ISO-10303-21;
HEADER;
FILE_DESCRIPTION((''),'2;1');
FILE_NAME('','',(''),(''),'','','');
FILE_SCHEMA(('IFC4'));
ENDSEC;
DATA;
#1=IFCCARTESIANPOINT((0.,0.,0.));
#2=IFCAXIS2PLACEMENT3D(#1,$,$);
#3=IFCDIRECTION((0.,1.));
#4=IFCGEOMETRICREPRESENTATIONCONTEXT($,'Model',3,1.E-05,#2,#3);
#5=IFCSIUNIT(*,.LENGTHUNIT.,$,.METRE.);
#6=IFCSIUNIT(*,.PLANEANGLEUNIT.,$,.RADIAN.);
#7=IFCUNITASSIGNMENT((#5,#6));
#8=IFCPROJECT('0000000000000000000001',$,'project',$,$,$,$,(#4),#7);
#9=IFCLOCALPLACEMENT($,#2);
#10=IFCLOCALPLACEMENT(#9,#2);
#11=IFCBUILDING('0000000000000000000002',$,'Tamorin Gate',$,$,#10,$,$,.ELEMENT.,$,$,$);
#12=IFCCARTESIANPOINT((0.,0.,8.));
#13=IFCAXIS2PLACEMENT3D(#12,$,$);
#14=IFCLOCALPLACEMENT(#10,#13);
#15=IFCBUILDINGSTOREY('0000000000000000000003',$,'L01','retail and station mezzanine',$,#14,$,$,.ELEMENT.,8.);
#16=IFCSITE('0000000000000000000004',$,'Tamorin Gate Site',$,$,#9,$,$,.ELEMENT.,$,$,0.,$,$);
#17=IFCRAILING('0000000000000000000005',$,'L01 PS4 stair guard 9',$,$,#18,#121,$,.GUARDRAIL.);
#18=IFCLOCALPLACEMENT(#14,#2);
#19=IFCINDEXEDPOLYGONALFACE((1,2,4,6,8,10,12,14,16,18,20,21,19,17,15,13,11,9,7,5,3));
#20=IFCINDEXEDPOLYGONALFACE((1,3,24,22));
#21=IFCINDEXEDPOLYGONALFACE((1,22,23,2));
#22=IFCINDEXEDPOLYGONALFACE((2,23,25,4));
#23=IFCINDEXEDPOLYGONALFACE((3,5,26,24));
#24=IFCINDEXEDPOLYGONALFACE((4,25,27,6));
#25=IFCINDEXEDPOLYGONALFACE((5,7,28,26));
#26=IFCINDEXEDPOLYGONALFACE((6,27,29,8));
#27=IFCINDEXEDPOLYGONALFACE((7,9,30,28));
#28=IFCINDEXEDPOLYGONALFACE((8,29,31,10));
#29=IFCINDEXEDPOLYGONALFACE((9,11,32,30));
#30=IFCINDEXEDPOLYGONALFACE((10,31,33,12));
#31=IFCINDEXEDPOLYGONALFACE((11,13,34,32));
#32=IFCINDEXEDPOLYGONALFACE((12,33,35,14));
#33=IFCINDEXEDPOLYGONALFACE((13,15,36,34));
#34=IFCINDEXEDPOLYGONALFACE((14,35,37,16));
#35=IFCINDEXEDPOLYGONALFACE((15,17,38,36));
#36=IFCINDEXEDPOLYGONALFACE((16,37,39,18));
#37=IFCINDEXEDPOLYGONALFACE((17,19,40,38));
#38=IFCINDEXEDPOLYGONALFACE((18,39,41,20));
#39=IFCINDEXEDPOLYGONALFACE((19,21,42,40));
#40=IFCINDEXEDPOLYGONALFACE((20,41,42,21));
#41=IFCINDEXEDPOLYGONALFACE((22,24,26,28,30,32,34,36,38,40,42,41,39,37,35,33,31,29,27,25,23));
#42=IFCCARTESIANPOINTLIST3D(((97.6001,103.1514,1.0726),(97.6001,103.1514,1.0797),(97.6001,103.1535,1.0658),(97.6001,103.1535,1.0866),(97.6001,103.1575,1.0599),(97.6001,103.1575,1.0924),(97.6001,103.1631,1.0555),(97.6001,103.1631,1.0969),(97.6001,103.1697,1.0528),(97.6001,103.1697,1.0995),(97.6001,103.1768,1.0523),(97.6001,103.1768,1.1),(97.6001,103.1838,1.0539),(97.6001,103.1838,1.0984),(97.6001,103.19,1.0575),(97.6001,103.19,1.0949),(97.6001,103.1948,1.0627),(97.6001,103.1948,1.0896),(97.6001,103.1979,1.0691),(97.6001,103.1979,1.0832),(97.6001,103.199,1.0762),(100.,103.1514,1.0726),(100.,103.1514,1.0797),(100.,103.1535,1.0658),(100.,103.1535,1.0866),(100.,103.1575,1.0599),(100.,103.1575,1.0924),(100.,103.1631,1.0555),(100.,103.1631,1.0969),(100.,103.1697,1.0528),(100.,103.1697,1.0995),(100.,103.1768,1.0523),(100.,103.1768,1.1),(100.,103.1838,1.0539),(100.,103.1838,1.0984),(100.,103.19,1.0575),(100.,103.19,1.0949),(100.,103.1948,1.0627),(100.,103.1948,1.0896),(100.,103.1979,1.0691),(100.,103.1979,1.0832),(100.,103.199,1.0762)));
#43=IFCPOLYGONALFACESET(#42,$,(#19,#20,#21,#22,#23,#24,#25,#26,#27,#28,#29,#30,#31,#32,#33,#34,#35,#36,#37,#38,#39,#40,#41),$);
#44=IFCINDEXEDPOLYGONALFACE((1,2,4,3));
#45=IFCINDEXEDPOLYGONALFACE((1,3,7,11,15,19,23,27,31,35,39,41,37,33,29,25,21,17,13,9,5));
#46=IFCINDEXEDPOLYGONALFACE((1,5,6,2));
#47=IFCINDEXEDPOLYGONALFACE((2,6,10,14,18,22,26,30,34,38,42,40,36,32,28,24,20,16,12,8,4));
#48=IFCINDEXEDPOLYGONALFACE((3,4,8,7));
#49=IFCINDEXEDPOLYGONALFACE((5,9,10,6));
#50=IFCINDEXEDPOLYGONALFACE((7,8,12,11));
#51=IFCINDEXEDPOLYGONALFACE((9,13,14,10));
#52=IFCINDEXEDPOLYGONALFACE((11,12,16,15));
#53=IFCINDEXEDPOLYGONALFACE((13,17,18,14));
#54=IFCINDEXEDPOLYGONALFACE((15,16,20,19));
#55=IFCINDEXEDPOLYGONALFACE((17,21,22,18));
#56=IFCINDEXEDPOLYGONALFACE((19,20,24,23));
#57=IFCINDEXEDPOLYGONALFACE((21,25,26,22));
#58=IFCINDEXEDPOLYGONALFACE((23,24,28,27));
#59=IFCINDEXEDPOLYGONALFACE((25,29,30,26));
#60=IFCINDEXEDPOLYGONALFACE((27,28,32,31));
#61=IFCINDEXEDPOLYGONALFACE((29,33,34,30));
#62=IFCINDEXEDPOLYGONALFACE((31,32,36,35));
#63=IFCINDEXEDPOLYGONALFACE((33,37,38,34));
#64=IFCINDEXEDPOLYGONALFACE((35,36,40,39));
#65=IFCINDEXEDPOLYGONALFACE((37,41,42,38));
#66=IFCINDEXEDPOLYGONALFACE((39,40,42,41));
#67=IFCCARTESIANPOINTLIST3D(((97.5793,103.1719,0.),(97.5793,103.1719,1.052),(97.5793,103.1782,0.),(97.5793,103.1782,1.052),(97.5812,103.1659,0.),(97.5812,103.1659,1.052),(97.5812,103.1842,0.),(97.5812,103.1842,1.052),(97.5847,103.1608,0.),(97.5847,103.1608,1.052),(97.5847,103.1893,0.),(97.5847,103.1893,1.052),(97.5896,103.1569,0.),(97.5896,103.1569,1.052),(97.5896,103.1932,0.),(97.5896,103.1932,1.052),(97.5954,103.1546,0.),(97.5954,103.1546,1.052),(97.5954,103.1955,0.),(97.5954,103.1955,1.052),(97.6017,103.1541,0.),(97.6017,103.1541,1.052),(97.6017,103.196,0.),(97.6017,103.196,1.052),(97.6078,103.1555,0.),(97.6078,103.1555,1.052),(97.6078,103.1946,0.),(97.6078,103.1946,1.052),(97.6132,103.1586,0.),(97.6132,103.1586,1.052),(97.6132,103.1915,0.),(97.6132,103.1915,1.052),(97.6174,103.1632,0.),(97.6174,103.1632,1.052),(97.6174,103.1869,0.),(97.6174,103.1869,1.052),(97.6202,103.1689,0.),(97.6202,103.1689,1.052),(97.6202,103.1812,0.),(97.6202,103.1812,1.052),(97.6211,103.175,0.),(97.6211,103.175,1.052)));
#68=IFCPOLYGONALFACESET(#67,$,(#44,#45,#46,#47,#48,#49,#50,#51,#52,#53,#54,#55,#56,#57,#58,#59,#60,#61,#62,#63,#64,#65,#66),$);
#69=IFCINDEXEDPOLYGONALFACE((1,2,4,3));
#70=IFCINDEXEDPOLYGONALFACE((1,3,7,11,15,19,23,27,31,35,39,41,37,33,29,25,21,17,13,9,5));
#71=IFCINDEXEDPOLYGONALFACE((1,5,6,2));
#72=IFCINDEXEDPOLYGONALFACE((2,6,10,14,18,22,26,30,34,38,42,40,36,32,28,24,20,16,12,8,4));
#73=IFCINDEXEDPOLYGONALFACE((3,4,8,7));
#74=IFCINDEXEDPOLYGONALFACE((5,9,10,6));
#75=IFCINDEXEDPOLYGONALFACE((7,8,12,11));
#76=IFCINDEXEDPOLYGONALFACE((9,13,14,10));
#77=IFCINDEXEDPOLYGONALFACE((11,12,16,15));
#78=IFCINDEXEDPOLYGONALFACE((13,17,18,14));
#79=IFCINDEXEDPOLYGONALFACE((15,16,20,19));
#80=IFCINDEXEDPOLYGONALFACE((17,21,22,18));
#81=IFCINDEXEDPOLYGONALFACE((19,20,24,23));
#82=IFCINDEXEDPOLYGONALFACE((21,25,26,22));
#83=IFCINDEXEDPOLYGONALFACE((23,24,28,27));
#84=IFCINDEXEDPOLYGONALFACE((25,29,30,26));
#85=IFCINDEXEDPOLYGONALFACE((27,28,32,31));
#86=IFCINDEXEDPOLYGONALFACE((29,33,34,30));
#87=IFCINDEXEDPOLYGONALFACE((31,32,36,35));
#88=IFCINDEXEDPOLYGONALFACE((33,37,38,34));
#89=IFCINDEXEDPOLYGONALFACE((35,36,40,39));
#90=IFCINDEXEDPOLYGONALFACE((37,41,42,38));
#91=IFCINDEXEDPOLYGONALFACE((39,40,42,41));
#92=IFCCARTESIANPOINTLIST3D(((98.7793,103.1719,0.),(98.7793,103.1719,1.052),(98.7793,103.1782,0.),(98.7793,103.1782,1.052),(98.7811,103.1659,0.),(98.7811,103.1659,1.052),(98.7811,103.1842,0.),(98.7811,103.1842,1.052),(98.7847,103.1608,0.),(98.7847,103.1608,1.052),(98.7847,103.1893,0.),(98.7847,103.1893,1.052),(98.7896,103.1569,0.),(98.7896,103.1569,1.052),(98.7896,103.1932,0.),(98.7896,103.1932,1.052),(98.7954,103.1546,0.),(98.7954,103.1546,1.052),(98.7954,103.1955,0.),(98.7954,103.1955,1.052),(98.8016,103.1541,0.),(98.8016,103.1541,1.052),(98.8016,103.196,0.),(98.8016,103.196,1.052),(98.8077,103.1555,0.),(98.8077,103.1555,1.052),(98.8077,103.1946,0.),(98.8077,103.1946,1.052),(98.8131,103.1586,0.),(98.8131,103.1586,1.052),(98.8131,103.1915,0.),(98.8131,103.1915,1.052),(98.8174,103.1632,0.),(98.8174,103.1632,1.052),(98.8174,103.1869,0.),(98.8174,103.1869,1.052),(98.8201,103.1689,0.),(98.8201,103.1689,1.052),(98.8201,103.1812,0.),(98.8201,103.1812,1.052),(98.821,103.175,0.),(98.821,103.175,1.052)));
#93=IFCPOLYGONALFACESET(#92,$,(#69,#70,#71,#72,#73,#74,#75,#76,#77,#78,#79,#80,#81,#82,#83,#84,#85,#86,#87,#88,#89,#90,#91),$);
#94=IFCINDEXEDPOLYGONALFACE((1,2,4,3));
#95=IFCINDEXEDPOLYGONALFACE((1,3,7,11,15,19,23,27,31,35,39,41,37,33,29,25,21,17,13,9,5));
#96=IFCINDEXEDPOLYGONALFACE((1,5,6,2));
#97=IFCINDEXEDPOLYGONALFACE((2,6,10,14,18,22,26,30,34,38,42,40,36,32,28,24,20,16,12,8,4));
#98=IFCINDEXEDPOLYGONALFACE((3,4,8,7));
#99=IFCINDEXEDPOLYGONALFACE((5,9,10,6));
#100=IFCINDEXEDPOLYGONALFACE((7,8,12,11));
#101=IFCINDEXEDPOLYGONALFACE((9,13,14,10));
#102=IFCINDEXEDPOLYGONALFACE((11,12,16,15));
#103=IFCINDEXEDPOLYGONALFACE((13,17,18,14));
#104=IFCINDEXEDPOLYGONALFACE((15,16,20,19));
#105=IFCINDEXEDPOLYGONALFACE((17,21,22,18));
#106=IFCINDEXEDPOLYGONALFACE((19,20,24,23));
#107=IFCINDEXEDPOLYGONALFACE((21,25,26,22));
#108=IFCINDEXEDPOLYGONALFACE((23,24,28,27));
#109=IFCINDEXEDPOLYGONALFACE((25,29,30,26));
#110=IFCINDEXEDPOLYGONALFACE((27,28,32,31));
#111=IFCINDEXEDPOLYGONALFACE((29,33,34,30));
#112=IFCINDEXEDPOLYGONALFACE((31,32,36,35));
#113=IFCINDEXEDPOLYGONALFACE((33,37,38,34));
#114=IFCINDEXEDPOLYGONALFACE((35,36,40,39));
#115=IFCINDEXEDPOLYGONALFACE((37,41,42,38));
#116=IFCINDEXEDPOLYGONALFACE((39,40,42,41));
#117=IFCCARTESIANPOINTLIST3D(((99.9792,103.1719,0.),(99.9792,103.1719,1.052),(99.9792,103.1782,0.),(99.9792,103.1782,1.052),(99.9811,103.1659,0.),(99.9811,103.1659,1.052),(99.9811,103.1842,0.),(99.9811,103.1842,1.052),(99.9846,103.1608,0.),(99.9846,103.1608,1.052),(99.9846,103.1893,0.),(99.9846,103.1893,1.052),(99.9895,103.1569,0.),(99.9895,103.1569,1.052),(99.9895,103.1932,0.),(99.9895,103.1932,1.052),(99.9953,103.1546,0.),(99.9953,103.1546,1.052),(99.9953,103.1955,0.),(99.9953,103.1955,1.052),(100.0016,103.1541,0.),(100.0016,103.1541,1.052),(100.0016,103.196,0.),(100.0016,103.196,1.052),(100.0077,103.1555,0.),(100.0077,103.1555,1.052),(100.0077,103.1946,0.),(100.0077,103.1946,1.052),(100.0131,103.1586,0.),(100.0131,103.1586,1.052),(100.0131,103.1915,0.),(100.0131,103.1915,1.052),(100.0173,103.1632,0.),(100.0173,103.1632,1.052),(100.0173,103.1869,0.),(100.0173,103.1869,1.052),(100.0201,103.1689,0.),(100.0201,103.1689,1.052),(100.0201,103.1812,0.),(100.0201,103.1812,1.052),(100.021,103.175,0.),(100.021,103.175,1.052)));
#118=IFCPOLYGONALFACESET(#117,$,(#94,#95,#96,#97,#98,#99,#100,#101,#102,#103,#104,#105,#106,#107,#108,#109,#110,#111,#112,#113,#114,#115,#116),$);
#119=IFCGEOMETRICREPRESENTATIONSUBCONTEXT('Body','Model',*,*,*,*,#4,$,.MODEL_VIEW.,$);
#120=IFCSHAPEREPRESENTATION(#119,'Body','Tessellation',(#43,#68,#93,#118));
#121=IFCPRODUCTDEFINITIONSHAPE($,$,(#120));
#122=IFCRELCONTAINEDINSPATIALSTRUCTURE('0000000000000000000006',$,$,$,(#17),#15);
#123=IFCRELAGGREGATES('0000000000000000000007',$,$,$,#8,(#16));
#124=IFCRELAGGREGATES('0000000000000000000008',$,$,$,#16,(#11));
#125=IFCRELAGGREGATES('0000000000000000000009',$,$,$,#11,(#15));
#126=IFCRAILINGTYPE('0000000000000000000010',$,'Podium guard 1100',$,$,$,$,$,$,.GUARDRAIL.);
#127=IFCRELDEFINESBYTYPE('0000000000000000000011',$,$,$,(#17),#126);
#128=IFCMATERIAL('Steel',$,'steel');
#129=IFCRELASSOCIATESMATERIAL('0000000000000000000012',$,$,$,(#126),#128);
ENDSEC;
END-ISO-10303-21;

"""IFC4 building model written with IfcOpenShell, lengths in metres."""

from ifc_helpers import new_model, si_unit, direction, frame, origin, origin_2d, place, context, subcontext, project, spatial, circle, extrude, material, type_object, element, save


model = new_model("IFC4")

# Units and contexts
model_context = context("Model", 3, precision=1e-05, world=origin(), true_north=direction((0.0, 1.0)))
body_context = subcontext(model_context, "Body", "Model", "MODEL_VIEW")
ifc_project = project(units=[si_unit("LENGTHUNIT", "METRE"), si_unit("PLANEANGLEUNIT", "RADIAN")], contexts=[model_context])

# Site, building, storey
site_placement = place(None, origin())
site = spatial("IfcSite", under=ifc_project, at=site_placement, Name="Tamorin Gate Site", CompositionType="ELEMENT", RefElevation=0.0)
building_placement = place(site_placement, origin())
building = spatial("IfcBuilding", under=site, at=building_placement, Name="Tamorin Gate", CompositionType="ELEMENT")
storey_placement = place(building_placement, frame((0.0, 0.0, 8.0)))
storey = spatial("IfcBuildingStorey", under=building, at=storey_placement, Name="L01", Description="retail and station mezzanine", CompositionType="ELEMENT", Elevation=8.0)

# Railing
ifc_material_1 = material(Name="Steel", Category="steel")
railing_type_1 = type_object("IfcRailingType", Name="Podium guard 1100", PredefinedType="GUARDRAIL", material=ifc_material_1)
for number, where, name in (
    (1, (97.6001, 103.175, 0.0), "L01 PS4 stair guard 9"),
):
    element("IfcRailing", number, at=place(storey_placement, frame(where)), inside=storey, type_object=railing_type_1, Name=name, PredefinedType="GUARDRAIL", context=body_context, shape_type="SweptSolid", body=[
        extrude(circle(Radius=0.0239, at=origin_2d()), frame((0.0, 0.0, 1.0762), z_axis=(1.0, 0.0, 0.0), x_axis=(0.0, 1.0, 0.0)), (0.0, 0.0, 1.0), 2.3999),
        extrude(circle(Radius=0.021, at=origin_2d()), origin(), (0.0, 0.0, 1.0), 1.052),
        extrude(circle(Radius=0.021, at=origin_2d()), frame((1.2, 0.0, 0.0)), (0.0, 0.0, 1.0), 1.052),
        extrude(circle(Radius=0.021, at=origin_2d()), frame((2.3999, 0.0, 0.0)), (0.0, 0.0, 1.0), 1.052),
    ])

save(model, "model.ifc")
